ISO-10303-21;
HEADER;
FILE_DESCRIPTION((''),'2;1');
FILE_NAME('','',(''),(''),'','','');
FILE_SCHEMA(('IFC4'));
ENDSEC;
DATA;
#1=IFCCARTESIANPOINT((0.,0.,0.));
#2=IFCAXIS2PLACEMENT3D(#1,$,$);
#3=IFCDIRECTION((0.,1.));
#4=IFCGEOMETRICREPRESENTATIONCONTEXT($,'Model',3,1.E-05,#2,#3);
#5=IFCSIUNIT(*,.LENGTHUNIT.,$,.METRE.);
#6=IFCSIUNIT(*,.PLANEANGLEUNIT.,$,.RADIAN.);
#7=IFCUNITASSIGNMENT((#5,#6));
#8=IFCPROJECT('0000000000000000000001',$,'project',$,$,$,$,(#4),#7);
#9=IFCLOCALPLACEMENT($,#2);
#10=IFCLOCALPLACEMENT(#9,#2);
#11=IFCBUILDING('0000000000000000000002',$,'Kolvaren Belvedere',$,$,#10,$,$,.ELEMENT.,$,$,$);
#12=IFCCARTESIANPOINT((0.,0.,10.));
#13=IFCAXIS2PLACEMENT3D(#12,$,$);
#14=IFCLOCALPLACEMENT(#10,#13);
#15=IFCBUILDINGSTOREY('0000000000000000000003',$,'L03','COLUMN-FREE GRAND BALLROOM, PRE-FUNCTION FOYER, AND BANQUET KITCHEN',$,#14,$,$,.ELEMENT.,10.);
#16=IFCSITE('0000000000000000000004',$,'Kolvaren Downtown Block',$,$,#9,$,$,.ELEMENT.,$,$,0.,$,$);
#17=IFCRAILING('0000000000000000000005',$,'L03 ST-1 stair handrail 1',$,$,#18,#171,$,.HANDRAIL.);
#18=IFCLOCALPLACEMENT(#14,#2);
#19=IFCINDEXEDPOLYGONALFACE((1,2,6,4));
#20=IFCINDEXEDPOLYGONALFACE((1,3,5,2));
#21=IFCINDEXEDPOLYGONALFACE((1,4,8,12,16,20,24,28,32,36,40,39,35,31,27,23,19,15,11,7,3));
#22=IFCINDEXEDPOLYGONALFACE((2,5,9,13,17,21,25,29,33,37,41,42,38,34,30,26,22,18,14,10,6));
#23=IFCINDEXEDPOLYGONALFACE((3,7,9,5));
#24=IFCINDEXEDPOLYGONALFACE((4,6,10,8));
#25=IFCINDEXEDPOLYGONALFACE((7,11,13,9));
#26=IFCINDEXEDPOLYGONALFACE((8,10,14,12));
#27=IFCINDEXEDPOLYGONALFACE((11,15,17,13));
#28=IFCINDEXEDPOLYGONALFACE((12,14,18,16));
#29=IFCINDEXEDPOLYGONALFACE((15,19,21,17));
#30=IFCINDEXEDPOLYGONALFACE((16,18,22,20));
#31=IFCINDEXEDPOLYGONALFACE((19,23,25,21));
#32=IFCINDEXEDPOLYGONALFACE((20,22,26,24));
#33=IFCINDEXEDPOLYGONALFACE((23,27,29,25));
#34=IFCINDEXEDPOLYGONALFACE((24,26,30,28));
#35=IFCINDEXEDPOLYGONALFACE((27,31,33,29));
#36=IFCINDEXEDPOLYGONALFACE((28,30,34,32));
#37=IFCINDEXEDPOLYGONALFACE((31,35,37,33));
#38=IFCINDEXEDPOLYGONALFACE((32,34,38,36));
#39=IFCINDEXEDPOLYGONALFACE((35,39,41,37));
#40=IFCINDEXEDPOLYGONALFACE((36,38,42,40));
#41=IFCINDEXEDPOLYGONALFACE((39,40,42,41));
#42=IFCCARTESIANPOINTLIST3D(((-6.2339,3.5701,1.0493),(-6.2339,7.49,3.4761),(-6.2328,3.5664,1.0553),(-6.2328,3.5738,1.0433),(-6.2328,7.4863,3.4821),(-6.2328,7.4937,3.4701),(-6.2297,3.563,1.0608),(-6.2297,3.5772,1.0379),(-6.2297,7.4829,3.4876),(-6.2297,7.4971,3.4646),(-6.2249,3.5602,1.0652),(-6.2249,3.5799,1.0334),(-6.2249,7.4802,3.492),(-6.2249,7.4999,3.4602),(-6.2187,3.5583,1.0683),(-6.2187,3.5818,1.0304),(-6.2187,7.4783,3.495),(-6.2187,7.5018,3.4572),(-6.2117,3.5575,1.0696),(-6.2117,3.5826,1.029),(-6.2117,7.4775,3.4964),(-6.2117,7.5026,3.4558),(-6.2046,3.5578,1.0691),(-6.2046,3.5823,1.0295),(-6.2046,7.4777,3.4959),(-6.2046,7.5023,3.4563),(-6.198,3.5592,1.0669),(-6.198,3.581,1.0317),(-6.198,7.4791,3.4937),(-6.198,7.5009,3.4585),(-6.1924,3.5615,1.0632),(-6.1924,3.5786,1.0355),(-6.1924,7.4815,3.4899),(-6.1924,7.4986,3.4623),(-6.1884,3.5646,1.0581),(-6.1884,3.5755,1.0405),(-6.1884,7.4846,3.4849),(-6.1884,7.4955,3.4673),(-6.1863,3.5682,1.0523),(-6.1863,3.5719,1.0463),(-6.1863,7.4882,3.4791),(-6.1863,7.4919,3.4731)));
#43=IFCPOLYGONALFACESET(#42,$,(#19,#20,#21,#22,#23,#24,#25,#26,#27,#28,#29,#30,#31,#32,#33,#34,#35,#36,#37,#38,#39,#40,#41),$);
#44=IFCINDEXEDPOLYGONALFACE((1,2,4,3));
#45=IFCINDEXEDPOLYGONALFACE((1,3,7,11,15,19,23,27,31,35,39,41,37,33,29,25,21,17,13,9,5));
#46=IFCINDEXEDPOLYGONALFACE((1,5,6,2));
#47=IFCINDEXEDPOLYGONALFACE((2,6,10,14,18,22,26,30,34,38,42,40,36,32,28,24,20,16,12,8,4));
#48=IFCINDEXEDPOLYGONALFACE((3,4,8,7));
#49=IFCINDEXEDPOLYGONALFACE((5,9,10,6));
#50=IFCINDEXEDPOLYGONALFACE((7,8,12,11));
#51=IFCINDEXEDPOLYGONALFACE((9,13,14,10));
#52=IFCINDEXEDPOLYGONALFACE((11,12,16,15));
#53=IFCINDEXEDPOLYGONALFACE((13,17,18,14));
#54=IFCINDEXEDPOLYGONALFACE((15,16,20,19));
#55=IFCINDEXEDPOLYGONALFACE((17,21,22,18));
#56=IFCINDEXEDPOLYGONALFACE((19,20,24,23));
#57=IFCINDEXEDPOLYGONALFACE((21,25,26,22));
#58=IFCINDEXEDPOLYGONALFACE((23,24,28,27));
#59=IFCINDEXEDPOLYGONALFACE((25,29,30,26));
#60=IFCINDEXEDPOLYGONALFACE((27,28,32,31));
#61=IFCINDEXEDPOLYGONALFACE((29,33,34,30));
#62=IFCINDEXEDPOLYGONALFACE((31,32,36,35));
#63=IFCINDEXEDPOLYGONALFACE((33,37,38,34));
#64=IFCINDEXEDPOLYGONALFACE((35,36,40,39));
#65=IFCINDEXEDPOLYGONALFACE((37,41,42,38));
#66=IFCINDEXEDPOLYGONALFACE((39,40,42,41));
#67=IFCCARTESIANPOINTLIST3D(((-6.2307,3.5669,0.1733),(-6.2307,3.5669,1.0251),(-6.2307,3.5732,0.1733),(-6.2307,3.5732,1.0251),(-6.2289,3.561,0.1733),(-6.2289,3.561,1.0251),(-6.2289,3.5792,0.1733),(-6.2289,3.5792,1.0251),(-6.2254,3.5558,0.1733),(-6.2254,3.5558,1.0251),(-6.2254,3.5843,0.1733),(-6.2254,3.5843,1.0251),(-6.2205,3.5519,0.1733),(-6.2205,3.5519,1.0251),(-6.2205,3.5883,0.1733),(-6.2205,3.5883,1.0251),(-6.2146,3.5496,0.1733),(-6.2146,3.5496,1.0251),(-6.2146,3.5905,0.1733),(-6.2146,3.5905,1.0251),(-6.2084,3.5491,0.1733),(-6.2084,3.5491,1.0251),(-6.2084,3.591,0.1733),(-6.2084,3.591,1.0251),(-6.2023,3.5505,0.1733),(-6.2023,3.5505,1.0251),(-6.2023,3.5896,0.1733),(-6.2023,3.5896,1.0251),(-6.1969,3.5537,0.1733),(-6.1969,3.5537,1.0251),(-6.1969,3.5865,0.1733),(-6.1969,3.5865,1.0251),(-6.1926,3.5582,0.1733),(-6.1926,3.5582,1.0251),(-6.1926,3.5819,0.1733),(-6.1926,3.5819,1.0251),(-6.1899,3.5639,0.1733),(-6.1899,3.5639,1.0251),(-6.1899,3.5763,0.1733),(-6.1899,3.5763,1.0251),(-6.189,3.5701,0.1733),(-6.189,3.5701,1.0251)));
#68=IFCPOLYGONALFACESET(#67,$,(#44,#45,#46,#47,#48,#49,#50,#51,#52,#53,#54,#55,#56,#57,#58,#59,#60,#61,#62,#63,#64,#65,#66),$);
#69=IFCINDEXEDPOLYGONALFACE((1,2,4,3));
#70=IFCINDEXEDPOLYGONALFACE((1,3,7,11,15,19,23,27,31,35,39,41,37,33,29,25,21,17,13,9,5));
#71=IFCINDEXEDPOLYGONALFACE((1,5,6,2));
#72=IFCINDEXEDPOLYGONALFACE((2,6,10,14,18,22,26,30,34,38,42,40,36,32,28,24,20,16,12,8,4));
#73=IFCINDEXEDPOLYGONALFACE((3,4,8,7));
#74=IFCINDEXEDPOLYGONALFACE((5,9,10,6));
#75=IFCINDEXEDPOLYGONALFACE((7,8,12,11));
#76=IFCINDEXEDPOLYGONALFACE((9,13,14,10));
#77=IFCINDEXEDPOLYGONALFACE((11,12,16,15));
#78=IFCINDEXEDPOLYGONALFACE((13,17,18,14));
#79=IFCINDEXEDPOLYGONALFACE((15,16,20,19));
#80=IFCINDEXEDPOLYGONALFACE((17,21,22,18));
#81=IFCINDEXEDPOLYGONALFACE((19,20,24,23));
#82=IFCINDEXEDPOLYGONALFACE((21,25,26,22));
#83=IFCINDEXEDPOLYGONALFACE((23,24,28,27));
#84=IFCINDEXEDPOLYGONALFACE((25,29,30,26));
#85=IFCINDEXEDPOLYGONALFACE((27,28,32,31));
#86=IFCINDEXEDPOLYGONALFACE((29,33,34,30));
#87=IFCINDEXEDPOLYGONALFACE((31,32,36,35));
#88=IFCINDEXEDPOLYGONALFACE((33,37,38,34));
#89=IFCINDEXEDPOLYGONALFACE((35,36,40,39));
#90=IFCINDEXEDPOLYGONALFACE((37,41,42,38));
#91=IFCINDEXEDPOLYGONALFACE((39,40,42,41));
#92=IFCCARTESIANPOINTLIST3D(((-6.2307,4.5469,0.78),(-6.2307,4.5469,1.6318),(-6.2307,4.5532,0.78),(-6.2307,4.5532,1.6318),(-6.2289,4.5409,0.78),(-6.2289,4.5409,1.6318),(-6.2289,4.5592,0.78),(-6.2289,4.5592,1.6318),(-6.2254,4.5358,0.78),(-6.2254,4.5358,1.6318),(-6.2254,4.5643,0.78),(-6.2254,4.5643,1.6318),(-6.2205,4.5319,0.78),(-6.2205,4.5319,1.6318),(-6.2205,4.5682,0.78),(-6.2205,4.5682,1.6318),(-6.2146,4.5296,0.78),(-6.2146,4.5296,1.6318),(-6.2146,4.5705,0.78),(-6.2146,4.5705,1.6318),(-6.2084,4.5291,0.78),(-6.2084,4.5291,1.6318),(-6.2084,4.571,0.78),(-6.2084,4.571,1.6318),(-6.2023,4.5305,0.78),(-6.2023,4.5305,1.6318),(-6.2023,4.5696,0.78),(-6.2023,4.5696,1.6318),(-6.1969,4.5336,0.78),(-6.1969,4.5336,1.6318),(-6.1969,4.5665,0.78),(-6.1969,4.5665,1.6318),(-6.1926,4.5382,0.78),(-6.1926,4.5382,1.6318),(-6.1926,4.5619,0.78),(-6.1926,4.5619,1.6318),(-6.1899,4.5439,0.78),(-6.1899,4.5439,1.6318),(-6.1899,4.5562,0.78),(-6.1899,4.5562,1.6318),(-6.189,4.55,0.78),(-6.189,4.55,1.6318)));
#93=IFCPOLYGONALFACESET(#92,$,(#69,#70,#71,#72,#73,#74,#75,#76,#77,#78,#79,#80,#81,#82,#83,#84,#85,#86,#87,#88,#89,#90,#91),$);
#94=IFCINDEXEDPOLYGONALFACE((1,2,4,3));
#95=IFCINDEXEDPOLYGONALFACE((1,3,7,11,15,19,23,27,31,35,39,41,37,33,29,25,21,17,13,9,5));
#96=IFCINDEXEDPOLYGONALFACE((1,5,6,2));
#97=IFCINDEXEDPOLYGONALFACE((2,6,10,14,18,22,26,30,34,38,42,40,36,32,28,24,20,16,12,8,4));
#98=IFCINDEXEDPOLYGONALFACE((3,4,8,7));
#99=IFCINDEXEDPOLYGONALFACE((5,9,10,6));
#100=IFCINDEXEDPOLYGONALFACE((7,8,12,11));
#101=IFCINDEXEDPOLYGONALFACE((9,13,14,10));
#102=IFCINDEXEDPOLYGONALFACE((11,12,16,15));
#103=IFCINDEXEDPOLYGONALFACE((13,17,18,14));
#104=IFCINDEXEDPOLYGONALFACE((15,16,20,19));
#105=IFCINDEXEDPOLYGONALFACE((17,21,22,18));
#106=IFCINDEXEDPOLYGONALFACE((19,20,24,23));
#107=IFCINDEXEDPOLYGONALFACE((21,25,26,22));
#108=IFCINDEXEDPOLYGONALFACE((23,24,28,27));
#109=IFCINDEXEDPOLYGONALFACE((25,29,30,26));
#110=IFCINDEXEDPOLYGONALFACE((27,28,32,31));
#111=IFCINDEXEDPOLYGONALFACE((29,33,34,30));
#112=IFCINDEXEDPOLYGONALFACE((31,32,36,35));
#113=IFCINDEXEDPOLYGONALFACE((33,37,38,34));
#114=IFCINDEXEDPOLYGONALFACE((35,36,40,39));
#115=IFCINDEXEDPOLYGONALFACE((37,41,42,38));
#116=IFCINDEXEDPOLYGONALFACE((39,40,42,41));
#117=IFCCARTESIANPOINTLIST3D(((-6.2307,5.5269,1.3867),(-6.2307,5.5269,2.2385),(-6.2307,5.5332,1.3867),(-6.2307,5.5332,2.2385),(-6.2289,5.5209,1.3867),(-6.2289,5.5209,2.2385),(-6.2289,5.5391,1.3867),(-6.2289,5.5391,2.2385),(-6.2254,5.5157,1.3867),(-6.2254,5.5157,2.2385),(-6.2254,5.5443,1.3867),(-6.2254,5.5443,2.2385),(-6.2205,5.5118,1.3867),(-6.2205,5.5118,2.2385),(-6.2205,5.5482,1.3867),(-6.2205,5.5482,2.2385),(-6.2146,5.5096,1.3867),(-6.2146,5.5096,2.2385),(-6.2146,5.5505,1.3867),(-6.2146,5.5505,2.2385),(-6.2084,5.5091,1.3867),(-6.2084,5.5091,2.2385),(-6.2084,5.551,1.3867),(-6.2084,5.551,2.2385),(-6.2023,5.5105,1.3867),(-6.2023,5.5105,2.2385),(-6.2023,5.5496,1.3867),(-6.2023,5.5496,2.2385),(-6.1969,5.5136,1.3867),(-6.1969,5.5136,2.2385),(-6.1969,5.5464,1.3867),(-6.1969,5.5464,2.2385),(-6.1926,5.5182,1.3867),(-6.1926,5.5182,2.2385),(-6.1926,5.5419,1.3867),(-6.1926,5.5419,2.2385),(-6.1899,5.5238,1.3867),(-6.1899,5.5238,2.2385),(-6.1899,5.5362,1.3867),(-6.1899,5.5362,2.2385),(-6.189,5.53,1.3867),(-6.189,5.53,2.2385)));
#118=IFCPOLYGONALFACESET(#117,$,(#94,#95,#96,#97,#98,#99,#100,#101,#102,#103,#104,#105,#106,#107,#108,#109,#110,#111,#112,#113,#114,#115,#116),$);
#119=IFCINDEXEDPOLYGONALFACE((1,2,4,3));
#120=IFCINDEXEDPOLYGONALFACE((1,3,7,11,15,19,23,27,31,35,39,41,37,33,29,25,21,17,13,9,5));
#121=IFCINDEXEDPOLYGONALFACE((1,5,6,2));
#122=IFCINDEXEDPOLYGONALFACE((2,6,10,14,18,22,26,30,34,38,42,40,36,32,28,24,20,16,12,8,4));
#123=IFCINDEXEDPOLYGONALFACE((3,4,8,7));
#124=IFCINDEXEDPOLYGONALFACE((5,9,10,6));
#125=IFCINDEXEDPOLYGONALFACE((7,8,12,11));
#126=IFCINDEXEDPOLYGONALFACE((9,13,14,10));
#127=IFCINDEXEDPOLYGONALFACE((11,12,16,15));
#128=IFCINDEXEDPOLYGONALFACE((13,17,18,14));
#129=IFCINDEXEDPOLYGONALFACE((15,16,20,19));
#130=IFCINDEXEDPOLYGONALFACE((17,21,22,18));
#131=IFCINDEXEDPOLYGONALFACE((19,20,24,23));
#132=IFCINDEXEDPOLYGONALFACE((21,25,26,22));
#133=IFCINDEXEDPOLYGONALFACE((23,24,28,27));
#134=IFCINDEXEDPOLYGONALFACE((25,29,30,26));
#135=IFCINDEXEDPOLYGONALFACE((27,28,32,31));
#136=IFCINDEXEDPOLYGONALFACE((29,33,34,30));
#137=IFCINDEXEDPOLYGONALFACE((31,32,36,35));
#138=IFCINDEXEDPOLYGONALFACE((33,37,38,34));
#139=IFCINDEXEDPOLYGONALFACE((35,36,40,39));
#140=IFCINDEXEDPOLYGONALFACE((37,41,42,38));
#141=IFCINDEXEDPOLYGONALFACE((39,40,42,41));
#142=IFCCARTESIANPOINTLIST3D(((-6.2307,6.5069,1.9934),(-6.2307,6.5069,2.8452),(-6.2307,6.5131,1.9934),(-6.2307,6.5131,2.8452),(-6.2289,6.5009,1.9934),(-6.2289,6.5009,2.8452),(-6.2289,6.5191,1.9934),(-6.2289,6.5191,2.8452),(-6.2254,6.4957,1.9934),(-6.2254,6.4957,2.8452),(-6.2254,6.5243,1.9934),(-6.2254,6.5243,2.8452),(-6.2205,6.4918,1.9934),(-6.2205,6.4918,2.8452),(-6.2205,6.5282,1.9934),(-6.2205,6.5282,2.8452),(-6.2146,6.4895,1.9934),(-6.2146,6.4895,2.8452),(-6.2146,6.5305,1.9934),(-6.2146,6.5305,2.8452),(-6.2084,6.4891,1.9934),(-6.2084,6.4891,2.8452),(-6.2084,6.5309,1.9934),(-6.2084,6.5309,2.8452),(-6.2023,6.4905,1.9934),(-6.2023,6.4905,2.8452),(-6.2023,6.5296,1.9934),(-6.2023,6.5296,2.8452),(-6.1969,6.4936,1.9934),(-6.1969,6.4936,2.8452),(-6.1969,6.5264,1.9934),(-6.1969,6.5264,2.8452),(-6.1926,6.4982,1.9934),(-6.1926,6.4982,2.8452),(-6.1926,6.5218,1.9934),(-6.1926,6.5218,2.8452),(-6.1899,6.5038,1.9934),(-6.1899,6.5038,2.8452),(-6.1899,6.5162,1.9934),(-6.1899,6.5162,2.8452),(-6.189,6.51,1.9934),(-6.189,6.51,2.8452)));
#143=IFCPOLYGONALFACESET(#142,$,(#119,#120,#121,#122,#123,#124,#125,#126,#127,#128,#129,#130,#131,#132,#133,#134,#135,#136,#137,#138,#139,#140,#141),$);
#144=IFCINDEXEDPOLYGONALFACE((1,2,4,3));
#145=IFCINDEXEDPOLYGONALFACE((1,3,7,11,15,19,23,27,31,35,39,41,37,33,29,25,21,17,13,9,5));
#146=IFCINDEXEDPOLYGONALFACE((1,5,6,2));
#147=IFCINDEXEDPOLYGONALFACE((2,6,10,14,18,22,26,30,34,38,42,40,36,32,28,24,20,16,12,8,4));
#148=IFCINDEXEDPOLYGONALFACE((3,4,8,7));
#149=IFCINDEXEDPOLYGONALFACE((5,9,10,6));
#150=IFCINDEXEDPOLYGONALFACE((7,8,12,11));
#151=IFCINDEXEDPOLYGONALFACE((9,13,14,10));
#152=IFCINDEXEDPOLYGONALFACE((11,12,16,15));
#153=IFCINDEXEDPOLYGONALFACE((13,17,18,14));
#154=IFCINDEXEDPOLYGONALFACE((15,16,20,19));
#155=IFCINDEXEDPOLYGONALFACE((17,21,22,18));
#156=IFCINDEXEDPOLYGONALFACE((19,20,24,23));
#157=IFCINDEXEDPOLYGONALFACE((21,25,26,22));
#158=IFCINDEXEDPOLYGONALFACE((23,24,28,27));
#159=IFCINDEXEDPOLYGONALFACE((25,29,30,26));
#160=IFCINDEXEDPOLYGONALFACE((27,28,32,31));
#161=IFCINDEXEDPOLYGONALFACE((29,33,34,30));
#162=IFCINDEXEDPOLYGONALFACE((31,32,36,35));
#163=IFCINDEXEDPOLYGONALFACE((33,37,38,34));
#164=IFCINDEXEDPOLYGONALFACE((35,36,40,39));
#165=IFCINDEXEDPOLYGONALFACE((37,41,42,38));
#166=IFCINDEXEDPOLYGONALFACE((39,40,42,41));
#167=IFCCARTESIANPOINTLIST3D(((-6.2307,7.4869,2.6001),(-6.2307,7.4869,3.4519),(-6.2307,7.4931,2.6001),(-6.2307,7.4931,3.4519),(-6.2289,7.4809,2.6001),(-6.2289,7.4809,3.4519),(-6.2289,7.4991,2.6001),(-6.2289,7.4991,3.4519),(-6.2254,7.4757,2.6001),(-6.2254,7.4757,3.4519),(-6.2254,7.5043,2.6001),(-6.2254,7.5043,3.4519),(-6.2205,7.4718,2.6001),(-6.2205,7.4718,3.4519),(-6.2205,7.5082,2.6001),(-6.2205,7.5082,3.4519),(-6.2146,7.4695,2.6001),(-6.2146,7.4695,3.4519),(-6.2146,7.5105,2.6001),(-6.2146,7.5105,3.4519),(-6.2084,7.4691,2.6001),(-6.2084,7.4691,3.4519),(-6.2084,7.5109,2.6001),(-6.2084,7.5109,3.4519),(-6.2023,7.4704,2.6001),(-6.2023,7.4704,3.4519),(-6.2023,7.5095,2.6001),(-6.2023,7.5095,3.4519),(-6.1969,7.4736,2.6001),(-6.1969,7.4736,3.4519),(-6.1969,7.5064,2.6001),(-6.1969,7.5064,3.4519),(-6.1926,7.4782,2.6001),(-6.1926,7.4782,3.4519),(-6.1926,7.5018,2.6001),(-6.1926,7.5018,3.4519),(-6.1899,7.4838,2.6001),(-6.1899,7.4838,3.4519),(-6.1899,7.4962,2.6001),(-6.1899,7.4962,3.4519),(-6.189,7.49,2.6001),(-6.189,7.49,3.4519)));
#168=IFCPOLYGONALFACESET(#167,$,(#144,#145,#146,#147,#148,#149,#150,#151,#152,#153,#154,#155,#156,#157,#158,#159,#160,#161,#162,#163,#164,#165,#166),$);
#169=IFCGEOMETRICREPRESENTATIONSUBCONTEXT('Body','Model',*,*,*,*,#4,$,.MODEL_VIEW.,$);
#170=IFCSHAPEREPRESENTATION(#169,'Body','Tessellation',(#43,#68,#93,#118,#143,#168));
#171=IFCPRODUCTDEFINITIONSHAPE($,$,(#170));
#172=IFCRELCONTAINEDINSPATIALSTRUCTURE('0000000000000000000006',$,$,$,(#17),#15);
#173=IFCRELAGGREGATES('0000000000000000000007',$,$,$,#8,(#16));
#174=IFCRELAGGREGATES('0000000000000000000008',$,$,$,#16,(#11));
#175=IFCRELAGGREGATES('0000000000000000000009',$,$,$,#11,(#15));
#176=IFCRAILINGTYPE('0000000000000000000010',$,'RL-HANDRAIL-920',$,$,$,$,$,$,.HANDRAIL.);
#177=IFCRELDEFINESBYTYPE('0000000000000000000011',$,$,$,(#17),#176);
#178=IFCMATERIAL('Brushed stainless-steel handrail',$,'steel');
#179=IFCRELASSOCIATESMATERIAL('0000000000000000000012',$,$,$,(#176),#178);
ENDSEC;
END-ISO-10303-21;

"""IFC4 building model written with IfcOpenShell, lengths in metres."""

from ifc_helpers import new_model, si_unit, direction, frame, origin, origin_2d, place, context, subcontext, project, spatial, circle, extrude, material, type_object, element, save


model = new_model("IFC4")

# Units and contexts
model_context = context("Model", 3, precision=1e-05, world=origin(), true_north=direction((0.0, 1.0)))
body_context = subcontext(model_context, "Body", "Model", "MODEL_VIEW")
ifc_project = project(units=[si_unit("LENGTHUNIT", "METRE"), si_unit("PLANEANGLEUNIT", "RADIAN")], contexts=[model_context])

# Site, building, storey
site_placement = place(None, origin())
site = spatial("IfcSite", under=ifc_project, at=site_placement, Name="Kolvaren Downtown Block", CompositionType="ELEMENT", RefElevation=0.0)
building_placement = place(site_placement, origin())
building = spatial("IfcBuilding", under=site, at=building_placement, Name="Kolvaren Belvedere", CompositionType="ELEMENT")
storey_placement = place(building_placement, frame((0.0, 0.0, 10.0)))
storey = spatial("IfcBuildingStorey", under=building, at=storey_placement, Name="L03", Description="COLUMN-FREE GRAND BALLROOM, PRE-FUNCTION FOYER, AND BANQUET KITCHEN", CompositionType="ELEMENT", Elevation=10.0)

# Railing
ifc_material_1 = material(Name="Brushed stainless-steel handrail", Category="steel")
railing_type_1 = type_object("IfcRailingType", Name="RL-HANDRAIL-920", PredefinedType="HANDRAIL", material=ifc_material_1)
railing_1_placement = place(storey_placement, frame((-6.21, 3.5701, 0.1733)))
element("IfcRailing", 1, at=railing_1_placement, inside=storey, type_object=railing_type_1, Name="L03 ST-1 stair handrail 1", PredefinedType="HANDRAIL", context=body_context, shape_type="SweptSolid", body=[
    extrude(circle(Radius=0.0239, at=origin_2d()), frame((0.0, 0.0, 0.876), z_axis=(0.0, 0.850252, 0.526376), x_axis=(-1.0, 0.0, 0.0)), (0.0, 0.0, 1.0), 4.6104),
    extrude(circle(Radius=0.021, at=origin_2d()), origin(), (0.0, 0.0, 1.0), 0.8518),
    extrude(circle(Radius=0.021, at=origin_2d()), frame((0.0, 0.98, 0.6067)), (0.0, 0.0, 1.0), 0.8518),
    extrude(circle(Radius=0.021, at=origin_2d()), frame((0.0, 1.96, 1.2134)), (0.0, 0.0, 1.0), 0.8518),
    extrude(circle(Radius=0.021, at=origin_2d()), frame((0.0, 2.9399, 1.8201)), (0.0, 0.0, 1.0), 0.8518),
    extrude(circle(Radius=0.021, at=origin_2d()), frame((0.0, 3.9199, 2.4268)), (0.0, 0.0, 1.0), 0.8518),
])

save(model, "model.ifc")
